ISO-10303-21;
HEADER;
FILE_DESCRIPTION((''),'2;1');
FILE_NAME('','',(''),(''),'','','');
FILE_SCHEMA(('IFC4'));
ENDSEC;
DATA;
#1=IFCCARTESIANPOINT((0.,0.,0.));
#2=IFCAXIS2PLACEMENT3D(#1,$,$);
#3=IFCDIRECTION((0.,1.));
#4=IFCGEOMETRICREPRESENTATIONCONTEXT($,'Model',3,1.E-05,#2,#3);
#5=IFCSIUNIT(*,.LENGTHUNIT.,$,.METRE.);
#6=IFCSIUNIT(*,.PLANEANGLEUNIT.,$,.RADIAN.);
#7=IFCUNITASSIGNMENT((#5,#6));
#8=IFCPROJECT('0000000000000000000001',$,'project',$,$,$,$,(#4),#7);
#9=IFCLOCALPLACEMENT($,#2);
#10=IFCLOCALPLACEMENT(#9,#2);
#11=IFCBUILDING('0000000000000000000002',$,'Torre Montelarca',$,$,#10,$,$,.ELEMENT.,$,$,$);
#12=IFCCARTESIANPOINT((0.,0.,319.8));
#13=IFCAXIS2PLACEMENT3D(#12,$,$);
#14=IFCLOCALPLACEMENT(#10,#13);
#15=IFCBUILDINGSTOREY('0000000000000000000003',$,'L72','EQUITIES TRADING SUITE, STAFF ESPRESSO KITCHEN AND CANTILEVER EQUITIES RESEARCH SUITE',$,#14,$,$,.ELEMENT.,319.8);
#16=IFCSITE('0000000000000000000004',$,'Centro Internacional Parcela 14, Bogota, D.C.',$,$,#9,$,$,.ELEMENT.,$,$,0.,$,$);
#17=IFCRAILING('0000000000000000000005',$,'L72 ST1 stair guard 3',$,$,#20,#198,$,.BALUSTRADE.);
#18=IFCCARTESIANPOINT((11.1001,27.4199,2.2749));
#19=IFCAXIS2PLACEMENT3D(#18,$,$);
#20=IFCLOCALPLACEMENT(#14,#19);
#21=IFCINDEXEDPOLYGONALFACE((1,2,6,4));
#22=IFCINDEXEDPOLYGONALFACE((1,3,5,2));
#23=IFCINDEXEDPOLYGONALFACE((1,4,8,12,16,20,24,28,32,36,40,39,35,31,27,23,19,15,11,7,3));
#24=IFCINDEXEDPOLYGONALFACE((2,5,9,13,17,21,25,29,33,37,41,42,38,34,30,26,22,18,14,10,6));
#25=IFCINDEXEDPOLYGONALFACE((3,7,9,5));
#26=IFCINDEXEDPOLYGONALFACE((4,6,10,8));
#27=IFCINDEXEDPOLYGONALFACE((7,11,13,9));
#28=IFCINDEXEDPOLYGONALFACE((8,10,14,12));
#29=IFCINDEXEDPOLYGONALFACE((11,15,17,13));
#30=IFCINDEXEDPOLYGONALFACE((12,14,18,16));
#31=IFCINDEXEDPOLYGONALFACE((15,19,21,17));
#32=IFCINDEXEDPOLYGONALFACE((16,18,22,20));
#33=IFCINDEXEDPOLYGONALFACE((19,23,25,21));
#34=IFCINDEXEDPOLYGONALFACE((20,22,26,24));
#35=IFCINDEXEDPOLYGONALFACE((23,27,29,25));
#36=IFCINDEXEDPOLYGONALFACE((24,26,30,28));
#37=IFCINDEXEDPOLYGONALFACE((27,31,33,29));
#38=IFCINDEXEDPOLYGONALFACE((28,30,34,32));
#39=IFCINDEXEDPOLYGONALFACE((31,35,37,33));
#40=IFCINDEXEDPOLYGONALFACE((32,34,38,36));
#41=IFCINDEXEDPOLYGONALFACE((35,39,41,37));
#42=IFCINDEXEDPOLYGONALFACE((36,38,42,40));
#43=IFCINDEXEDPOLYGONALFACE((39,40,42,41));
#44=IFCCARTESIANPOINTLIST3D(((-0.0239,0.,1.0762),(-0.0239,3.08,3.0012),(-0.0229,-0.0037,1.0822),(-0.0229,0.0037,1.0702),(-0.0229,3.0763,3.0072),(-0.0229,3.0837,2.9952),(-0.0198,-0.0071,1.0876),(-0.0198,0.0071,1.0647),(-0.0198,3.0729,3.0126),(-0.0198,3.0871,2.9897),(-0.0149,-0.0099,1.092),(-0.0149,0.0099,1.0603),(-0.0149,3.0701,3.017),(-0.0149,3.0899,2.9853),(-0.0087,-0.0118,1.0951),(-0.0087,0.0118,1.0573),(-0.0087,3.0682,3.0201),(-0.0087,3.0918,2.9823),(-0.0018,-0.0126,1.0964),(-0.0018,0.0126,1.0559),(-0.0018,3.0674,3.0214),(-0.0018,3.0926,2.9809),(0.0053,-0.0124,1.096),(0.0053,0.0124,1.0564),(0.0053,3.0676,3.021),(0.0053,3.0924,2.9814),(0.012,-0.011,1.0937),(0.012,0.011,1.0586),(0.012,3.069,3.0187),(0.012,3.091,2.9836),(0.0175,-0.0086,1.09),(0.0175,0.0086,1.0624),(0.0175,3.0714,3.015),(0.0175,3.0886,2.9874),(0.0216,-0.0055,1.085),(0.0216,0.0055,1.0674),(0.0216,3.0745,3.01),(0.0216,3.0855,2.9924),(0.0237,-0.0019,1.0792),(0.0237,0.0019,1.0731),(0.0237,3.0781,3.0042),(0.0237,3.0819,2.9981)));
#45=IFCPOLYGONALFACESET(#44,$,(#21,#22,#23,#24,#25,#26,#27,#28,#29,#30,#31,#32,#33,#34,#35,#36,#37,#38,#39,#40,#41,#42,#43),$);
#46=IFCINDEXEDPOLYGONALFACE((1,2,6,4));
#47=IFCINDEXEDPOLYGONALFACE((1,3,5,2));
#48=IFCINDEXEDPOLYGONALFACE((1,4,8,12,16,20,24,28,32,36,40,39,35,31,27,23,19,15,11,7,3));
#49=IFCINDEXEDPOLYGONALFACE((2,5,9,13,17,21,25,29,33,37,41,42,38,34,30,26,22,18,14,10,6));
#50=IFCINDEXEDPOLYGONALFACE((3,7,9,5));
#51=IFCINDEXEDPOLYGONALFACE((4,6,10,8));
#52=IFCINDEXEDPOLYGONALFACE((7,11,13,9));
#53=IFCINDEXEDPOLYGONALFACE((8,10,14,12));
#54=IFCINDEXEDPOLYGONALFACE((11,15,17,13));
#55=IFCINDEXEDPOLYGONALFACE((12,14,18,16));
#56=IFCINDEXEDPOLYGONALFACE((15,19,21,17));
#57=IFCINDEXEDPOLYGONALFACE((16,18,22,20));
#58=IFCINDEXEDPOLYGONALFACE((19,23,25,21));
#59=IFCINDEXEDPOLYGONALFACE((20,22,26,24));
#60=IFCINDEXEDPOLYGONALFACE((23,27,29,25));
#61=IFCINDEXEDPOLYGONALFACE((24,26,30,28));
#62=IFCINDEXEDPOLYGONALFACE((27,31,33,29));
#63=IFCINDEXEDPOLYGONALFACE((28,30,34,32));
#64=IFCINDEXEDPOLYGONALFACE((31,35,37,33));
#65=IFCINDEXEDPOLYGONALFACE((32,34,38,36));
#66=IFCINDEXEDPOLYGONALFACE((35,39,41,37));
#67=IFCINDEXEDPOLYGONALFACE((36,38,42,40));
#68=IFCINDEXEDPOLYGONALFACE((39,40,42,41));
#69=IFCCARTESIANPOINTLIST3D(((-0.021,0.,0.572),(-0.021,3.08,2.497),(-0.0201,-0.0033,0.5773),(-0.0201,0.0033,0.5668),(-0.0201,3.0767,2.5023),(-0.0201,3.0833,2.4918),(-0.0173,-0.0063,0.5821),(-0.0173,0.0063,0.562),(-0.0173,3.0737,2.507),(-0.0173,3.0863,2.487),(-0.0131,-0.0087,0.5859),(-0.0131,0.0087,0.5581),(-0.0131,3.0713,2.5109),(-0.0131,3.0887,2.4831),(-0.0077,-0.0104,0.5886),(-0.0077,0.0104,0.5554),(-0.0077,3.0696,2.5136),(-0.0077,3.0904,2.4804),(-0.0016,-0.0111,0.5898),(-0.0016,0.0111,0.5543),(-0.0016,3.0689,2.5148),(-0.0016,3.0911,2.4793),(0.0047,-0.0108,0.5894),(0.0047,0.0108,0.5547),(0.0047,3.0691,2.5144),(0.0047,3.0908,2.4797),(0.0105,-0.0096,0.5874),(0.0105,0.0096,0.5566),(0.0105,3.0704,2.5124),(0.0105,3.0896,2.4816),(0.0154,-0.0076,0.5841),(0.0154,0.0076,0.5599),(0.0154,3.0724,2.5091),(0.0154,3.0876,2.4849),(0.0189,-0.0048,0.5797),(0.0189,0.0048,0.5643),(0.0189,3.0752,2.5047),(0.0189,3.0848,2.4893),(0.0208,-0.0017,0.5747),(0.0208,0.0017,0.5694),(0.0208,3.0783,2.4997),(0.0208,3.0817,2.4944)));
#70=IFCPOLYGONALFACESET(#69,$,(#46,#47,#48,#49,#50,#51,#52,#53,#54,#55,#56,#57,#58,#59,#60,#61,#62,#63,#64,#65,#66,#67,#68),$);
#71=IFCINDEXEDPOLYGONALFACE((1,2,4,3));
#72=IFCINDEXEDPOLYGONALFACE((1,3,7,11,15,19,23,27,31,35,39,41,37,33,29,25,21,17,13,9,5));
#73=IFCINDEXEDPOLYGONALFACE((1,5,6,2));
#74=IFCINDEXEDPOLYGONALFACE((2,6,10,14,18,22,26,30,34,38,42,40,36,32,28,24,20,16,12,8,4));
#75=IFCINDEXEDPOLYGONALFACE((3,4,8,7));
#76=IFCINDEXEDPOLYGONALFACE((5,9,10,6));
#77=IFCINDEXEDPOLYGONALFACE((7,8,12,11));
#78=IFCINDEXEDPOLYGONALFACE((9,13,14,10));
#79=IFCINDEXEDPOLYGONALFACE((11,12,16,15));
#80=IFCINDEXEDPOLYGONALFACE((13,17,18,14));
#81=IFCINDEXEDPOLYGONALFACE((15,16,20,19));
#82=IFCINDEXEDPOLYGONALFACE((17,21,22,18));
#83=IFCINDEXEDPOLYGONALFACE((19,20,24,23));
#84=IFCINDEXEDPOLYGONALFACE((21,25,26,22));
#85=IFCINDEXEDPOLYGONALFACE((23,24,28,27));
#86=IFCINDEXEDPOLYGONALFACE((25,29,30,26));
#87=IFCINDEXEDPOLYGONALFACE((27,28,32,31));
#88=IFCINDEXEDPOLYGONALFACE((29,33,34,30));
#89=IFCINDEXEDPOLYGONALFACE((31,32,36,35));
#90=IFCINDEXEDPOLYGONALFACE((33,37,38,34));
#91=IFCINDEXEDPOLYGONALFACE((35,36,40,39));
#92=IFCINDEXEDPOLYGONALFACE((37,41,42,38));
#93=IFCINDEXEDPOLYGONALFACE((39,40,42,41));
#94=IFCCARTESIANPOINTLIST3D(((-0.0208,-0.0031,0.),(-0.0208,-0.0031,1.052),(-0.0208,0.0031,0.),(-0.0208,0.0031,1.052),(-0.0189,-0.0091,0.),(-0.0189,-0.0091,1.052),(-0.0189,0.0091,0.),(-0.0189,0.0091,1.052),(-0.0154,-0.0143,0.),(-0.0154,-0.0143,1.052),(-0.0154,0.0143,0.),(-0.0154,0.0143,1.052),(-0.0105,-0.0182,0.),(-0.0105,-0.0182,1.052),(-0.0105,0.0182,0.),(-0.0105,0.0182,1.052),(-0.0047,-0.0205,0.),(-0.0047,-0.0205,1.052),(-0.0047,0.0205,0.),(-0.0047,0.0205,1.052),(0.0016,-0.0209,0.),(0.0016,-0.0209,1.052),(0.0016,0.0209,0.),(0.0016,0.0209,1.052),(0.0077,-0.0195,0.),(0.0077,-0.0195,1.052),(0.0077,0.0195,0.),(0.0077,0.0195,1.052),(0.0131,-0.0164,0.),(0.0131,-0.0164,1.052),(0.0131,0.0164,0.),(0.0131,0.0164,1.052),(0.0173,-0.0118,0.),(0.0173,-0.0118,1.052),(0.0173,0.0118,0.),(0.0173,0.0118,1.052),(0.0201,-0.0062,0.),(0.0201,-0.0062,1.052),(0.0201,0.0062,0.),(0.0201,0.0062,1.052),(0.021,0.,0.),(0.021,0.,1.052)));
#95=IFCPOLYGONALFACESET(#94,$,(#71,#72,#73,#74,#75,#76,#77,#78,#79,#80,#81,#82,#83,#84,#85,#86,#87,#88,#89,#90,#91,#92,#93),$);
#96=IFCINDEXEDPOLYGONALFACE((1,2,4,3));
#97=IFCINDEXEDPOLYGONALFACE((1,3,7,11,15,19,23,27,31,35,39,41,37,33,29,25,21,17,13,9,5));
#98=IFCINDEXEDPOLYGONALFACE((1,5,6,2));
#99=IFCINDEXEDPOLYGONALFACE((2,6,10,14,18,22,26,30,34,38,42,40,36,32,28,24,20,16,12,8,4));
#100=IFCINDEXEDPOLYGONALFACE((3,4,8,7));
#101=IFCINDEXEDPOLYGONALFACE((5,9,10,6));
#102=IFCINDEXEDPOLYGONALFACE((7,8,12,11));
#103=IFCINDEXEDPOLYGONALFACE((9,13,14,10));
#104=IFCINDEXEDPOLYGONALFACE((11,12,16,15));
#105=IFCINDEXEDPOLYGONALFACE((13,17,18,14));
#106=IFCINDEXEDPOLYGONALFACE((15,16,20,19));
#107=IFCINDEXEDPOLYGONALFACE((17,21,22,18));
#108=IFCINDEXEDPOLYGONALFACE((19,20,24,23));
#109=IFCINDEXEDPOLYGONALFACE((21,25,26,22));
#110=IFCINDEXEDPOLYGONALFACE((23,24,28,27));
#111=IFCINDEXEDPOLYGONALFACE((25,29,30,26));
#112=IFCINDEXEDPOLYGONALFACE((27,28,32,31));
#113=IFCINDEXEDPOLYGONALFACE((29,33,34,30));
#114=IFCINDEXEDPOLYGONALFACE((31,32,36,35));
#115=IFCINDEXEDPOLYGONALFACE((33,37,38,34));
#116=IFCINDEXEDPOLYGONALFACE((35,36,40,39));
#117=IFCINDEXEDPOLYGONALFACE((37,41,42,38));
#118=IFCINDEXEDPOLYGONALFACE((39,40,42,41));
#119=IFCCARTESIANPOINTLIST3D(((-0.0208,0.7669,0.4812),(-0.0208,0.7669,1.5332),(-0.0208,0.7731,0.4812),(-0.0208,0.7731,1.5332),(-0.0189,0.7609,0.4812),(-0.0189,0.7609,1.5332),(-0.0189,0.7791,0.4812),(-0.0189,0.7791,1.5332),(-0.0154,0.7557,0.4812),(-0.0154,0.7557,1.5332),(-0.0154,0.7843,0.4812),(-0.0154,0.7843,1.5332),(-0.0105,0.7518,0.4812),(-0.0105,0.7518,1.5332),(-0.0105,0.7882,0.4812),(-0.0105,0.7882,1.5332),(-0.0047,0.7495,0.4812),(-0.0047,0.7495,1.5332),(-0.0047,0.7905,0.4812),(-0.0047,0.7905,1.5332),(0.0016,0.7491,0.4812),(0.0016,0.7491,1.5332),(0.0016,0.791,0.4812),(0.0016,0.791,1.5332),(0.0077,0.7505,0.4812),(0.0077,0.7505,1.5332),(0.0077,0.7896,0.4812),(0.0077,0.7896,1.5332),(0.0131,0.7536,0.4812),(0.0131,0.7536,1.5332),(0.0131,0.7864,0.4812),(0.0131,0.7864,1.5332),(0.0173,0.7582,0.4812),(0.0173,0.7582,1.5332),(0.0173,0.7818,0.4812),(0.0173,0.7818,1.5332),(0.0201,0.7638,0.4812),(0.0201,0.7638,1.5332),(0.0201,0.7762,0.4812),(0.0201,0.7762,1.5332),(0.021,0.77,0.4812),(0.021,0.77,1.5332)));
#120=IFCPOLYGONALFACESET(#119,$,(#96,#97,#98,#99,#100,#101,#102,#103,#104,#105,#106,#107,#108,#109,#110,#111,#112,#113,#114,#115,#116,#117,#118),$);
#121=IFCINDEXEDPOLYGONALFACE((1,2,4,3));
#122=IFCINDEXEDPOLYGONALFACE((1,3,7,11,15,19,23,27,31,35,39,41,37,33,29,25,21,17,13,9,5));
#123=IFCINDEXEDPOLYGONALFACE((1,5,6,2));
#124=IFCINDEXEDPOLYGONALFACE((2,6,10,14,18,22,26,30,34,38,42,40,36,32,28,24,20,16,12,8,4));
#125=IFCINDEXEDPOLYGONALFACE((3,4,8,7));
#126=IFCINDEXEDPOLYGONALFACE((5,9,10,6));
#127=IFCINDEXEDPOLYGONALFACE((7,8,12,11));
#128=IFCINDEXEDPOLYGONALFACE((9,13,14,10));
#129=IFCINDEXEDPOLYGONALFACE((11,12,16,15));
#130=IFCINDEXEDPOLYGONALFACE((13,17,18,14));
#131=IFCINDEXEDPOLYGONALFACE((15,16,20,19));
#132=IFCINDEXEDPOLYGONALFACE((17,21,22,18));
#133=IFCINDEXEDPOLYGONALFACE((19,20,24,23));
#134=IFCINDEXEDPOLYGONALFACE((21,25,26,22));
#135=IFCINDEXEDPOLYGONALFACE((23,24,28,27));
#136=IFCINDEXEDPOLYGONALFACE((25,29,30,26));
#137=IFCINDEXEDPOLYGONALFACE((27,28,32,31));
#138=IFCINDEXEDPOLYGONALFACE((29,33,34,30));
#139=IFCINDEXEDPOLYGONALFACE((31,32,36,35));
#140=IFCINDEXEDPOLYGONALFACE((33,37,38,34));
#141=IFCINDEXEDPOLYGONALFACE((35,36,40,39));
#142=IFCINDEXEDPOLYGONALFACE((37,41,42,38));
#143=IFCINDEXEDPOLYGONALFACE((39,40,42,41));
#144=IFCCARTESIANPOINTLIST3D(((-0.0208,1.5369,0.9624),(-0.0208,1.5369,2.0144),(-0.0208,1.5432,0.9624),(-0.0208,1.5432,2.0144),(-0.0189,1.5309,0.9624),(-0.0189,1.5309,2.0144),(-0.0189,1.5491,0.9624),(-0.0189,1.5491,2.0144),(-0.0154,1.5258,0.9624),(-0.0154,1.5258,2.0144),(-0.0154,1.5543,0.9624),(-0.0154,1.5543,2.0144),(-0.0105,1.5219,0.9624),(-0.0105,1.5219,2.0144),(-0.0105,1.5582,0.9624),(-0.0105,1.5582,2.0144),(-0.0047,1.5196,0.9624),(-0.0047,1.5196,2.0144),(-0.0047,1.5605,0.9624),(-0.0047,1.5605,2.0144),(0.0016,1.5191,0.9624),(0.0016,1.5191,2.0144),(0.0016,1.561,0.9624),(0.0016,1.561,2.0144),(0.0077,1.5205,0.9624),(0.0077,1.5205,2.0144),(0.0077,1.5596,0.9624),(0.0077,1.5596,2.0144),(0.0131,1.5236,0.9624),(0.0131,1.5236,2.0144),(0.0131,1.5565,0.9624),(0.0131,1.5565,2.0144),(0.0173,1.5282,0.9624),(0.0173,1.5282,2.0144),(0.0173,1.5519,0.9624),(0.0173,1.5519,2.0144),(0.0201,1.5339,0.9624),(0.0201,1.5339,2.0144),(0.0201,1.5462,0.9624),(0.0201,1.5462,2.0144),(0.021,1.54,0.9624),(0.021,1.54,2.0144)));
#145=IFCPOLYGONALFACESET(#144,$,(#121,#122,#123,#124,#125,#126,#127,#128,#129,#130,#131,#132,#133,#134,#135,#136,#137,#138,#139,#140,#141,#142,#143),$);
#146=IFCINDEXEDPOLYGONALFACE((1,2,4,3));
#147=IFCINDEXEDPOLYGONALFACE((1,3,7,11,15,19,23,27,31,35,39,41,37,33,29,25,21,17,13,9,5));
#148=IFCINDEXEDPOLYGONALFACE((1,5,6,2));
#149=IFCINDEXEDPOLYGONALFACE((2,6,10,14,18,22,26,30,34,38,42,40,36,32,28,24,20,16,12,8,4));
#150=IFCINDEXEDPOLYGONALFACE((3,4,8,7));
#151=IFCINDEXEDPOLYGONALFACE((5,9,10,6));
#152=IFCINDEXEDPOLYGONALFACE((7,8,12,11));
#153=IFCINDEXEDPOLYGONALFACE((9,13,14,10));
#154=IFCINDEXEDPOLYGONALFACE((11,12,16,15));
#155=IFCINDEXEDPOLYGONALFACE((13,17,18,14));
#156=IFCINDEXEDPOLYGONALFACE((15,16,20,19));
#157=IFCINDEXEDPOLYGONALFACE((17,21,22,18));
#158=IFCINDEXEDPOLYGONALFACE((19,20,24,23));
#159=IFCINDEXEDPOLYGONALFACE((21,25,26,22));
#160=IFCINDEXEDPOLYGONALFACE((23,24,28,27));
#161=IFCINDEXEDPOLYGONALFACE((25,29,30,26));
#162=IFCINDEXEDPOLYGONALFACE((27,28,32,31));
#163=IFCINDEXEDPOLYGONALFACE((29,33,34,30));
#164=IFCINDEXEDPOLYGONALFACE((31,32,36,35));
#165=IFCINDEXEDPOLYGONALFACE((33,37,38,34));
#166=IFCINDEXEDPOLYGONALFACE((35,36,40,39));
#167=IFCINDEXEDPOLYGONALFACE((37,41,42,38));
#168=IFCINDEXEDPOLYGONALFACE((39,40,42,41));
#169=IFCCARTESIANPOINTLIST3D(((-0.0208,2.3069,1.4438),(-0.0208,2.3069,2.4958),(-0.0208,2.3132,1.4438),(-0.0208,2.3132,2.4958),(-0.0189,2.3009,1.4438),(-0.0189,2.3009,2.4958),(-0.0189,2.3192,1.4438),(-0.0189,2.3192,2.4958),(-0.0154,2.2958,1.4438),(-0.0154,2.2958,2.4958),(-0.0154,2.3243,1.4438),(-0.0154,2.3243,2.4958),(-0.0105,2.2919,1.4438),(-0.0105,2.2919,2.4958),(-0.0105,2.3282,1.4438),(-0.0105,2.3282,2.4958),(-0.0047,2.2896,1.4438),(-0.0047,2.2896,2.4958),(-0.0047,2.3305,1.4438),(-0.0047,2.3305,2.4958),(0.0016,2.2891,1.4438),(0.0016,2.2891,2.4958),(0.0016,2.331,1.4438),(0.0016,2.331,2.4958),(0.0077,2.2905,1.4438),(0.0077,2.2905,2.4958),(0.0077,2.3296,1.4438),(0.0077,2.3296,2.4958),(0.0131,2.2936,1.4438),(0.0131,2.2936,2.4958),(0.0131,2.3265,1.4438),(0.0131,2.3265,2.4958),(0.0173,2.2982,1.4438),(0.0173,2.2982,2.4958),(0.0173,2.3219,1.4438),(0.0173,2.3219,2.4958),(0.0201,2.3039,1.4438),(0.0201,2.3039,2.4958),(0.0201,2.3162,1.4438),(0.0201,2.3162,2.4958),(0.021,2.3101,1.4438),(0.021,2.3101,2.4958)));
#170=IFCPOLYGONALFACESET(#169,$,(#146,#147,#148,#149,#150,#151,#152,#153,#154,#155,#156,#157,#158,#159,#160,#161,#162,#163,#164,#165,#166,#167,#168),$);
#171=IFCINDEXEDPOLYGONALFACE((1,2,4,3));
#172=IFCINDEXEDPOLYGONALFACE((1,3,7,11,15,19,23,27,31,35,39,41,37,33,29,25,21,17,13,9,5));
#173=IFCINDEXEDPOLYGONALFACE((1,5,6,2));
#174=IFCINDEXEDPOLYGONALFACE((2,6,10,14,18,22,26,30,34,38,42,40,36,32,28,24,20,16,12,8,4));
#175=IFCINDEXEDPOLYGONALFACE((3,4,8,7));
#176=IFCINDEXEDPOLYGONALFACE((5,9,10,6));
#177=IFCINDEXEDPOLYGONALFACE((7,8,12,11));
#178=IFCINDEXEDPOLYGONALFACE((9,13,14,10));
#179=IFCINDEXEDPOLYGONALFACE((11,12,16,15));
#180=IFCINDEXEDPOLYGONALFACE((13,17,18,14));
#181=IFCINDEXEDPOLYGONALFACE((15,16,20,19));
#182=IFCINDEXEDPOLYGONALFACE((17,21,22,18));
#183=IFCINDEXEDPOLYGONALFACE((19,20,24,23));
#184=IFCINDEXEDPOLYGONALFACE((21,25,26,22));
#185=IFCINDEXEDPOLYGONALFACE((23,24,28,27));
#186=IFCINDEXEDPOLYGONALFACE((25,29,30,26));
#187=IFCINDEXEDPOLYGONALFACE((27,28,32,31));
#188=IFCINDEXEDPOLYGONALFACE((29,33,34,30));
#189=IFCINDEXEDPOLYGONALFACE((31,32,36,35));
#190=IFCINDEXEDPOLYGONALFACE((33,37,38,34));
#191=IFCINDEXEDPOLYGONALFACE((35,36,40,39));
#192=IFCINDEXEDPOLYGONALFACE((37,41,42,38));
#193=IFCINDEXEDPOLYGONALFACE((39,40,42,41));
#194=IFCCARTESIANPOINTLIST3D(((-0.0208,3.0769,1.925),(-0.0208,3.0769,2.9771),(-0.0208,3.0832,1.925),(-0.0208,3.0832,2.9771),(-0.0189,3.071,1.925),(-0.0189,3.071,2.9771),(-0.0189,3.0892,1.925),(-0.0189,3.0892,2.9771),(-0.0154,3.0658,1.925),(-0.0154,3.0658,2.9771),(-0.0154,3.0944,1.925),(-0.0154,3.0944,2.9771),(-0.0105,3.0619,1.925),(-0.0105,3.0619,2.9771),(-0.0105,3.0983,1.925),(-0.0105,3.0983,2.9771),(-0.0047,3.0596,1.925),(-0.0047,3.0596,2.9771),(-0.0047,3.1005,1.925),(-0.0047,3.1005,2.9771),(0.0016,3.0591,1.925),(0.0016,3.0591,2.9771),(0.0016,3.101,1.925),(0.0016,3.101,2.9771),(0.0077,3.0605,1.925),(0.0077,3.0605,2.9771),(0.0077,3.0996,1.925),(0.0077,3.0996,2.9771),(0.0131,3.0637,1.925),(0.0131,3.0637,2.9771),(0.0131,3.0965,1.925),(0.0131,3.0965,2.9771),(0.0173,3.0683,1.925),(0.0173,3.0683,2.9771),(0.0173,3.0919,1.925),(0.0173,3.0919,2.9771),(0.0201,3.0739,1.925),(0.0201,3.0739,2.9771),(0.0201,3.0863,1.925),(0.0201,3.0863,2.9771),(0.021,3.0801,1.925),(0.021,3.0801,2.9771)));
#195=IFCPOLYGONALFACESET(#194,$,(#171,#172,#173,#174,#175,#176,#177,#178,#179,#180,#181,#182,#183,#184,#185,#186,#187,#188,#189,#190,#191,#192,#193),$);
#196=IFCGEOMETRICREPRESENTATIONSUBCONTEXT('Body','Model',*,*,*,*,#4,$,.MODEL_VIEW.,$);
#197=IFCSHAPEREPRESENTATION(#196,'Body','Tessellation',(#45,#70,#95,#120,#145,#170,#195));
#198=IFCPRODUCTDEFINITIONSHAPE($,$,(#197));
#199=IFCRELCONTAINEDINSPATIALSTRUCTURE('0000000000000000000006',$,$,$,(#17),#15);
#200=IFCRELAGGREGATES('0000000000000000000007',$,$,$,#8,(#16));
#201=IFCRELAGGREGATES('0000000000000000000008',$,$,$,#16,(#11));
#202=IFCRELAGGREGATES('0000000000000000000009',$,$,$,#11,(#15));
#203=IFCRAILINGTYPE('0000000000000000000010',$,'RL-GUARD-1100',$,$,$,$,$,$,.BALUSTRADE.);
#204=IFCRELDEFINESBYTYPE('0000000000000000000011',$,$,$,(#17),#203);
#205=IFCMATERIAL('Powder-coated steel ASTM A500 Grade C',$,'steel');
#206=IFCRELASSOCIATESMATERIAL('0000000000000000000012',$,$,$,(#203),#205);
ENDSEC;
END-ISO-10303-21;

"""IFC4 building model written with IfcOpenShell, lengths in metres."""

from ifc_helpers import new_model, si_unit, direction, frame, origin, origin_2d, place, context, subcontext, project, spatial, circle, extrude, material, type_object, element, save


model = new_model("IFC4")

# Units and contexts
model_context = context("Model", 3, precision=1e-05, world=origin(), true_north=direction((0.0, 1.0)))
body_context = subcontext(model_context, "Body", "Model", "MODEL_VIEW")
ifc_project = project(units=[si_unit("LENGTHUNIT", "METRE"), si_unit("PLANEANGLEUNIT", "RADIAN")], contexts=[model_context])

# Site, building, storey
site_placement = place(None, origin())
site = spatial("IfcSite", under=ifc_project, at=site_placement, Name="Centro Internacional Parcela 14, Bogota, D.C.", CompositionType="ELEMENT", RefElevation=0.0)
building_placement = place(site_placement, origin())
building = spatial("IfcBuilding", under=site, at=building_placement, Name="Torre Montelarca", CompositionType="ELEMENT")
storey_placement = place(building_placement, frame((0.0, 0.0, 319.8)))
storey = spatial("IfcBuildingStorey", under=building, at=storey_placement, Name="L72", Description="EQUITIES TRADING SUITE, STAFF ESPRESSO KITCHEN AND CANTILEVER EQUITIES RESEARCH SUITE", CompositionType="ELEMENT", Elevation=319.8)

# Railing
ifc_material_1 = material(Name="Powder-coated steel ASTM A500 Grade C", Category="steel")
railing_type_1 = type_object("IfcRailingType", Name="RL-GUARD-1100", PredefinedType="BALUSTRADE", material=ifc_material_1)
railing_1_placement = place(storey_placement, frame((11.1001, 27.4199, 2.2749)))
element("IfcRailing", 1, at=railing_1_placement, inside=storey, type_object=railing_type_1, Name="L72 ST1 stair guard 3", PredefinedType="BALUSTRADE", context=body_context, shape_type="SweptSolid", body=[
    extrude(circle(Radius=0.0239, at=origin_2d()), frame((0.0, 0.0, 1.0762), z_axis=(0.0, 0.847998, 0.529999), x_axis=(-1.0, 0.0, 0.0)), (0.0, 0.0, 1.0), 3.6321),
    extrude(circle(Radius=0.021, at=origin_2d()), frame((0.0, 0.0, 0.572), z_axis=(0.0, 0.847998, 0.529999), x_axis=(-1.0, 0.0, 0.0)), (0.0, 0.0, 1.0), 3.6321),
    extrude(circle(Radius=0.021, at=origin_2d()), origin(), (0.0, 0.0, 1.0), 1.052),
    extrude(circle(Radius=0.021, at=origin_2d()), frame((0.0, 0.77, 0.4812)), (0.0, 0.0, 1.0), 1.052),
    extrude(circle(Radius=0.021, at=origin_2d()), frame((0.0, 1.54, 0.9624)), (0.0, 0.0, 1.0), 1.052),
    extrude(circle(Radius=0.021, at=origin_2d()), frame((0.0, 2.3101, 1.4438)), (0.0, 0.0, 1.0), 1.052),
    extrude(circle(Radius=0.021, at=origin_2d()), frame((0.0, 3.0801, 1.925)), (0.0, 0.0, 1.0), 1.052),
])

save(model, "model.ifc")
